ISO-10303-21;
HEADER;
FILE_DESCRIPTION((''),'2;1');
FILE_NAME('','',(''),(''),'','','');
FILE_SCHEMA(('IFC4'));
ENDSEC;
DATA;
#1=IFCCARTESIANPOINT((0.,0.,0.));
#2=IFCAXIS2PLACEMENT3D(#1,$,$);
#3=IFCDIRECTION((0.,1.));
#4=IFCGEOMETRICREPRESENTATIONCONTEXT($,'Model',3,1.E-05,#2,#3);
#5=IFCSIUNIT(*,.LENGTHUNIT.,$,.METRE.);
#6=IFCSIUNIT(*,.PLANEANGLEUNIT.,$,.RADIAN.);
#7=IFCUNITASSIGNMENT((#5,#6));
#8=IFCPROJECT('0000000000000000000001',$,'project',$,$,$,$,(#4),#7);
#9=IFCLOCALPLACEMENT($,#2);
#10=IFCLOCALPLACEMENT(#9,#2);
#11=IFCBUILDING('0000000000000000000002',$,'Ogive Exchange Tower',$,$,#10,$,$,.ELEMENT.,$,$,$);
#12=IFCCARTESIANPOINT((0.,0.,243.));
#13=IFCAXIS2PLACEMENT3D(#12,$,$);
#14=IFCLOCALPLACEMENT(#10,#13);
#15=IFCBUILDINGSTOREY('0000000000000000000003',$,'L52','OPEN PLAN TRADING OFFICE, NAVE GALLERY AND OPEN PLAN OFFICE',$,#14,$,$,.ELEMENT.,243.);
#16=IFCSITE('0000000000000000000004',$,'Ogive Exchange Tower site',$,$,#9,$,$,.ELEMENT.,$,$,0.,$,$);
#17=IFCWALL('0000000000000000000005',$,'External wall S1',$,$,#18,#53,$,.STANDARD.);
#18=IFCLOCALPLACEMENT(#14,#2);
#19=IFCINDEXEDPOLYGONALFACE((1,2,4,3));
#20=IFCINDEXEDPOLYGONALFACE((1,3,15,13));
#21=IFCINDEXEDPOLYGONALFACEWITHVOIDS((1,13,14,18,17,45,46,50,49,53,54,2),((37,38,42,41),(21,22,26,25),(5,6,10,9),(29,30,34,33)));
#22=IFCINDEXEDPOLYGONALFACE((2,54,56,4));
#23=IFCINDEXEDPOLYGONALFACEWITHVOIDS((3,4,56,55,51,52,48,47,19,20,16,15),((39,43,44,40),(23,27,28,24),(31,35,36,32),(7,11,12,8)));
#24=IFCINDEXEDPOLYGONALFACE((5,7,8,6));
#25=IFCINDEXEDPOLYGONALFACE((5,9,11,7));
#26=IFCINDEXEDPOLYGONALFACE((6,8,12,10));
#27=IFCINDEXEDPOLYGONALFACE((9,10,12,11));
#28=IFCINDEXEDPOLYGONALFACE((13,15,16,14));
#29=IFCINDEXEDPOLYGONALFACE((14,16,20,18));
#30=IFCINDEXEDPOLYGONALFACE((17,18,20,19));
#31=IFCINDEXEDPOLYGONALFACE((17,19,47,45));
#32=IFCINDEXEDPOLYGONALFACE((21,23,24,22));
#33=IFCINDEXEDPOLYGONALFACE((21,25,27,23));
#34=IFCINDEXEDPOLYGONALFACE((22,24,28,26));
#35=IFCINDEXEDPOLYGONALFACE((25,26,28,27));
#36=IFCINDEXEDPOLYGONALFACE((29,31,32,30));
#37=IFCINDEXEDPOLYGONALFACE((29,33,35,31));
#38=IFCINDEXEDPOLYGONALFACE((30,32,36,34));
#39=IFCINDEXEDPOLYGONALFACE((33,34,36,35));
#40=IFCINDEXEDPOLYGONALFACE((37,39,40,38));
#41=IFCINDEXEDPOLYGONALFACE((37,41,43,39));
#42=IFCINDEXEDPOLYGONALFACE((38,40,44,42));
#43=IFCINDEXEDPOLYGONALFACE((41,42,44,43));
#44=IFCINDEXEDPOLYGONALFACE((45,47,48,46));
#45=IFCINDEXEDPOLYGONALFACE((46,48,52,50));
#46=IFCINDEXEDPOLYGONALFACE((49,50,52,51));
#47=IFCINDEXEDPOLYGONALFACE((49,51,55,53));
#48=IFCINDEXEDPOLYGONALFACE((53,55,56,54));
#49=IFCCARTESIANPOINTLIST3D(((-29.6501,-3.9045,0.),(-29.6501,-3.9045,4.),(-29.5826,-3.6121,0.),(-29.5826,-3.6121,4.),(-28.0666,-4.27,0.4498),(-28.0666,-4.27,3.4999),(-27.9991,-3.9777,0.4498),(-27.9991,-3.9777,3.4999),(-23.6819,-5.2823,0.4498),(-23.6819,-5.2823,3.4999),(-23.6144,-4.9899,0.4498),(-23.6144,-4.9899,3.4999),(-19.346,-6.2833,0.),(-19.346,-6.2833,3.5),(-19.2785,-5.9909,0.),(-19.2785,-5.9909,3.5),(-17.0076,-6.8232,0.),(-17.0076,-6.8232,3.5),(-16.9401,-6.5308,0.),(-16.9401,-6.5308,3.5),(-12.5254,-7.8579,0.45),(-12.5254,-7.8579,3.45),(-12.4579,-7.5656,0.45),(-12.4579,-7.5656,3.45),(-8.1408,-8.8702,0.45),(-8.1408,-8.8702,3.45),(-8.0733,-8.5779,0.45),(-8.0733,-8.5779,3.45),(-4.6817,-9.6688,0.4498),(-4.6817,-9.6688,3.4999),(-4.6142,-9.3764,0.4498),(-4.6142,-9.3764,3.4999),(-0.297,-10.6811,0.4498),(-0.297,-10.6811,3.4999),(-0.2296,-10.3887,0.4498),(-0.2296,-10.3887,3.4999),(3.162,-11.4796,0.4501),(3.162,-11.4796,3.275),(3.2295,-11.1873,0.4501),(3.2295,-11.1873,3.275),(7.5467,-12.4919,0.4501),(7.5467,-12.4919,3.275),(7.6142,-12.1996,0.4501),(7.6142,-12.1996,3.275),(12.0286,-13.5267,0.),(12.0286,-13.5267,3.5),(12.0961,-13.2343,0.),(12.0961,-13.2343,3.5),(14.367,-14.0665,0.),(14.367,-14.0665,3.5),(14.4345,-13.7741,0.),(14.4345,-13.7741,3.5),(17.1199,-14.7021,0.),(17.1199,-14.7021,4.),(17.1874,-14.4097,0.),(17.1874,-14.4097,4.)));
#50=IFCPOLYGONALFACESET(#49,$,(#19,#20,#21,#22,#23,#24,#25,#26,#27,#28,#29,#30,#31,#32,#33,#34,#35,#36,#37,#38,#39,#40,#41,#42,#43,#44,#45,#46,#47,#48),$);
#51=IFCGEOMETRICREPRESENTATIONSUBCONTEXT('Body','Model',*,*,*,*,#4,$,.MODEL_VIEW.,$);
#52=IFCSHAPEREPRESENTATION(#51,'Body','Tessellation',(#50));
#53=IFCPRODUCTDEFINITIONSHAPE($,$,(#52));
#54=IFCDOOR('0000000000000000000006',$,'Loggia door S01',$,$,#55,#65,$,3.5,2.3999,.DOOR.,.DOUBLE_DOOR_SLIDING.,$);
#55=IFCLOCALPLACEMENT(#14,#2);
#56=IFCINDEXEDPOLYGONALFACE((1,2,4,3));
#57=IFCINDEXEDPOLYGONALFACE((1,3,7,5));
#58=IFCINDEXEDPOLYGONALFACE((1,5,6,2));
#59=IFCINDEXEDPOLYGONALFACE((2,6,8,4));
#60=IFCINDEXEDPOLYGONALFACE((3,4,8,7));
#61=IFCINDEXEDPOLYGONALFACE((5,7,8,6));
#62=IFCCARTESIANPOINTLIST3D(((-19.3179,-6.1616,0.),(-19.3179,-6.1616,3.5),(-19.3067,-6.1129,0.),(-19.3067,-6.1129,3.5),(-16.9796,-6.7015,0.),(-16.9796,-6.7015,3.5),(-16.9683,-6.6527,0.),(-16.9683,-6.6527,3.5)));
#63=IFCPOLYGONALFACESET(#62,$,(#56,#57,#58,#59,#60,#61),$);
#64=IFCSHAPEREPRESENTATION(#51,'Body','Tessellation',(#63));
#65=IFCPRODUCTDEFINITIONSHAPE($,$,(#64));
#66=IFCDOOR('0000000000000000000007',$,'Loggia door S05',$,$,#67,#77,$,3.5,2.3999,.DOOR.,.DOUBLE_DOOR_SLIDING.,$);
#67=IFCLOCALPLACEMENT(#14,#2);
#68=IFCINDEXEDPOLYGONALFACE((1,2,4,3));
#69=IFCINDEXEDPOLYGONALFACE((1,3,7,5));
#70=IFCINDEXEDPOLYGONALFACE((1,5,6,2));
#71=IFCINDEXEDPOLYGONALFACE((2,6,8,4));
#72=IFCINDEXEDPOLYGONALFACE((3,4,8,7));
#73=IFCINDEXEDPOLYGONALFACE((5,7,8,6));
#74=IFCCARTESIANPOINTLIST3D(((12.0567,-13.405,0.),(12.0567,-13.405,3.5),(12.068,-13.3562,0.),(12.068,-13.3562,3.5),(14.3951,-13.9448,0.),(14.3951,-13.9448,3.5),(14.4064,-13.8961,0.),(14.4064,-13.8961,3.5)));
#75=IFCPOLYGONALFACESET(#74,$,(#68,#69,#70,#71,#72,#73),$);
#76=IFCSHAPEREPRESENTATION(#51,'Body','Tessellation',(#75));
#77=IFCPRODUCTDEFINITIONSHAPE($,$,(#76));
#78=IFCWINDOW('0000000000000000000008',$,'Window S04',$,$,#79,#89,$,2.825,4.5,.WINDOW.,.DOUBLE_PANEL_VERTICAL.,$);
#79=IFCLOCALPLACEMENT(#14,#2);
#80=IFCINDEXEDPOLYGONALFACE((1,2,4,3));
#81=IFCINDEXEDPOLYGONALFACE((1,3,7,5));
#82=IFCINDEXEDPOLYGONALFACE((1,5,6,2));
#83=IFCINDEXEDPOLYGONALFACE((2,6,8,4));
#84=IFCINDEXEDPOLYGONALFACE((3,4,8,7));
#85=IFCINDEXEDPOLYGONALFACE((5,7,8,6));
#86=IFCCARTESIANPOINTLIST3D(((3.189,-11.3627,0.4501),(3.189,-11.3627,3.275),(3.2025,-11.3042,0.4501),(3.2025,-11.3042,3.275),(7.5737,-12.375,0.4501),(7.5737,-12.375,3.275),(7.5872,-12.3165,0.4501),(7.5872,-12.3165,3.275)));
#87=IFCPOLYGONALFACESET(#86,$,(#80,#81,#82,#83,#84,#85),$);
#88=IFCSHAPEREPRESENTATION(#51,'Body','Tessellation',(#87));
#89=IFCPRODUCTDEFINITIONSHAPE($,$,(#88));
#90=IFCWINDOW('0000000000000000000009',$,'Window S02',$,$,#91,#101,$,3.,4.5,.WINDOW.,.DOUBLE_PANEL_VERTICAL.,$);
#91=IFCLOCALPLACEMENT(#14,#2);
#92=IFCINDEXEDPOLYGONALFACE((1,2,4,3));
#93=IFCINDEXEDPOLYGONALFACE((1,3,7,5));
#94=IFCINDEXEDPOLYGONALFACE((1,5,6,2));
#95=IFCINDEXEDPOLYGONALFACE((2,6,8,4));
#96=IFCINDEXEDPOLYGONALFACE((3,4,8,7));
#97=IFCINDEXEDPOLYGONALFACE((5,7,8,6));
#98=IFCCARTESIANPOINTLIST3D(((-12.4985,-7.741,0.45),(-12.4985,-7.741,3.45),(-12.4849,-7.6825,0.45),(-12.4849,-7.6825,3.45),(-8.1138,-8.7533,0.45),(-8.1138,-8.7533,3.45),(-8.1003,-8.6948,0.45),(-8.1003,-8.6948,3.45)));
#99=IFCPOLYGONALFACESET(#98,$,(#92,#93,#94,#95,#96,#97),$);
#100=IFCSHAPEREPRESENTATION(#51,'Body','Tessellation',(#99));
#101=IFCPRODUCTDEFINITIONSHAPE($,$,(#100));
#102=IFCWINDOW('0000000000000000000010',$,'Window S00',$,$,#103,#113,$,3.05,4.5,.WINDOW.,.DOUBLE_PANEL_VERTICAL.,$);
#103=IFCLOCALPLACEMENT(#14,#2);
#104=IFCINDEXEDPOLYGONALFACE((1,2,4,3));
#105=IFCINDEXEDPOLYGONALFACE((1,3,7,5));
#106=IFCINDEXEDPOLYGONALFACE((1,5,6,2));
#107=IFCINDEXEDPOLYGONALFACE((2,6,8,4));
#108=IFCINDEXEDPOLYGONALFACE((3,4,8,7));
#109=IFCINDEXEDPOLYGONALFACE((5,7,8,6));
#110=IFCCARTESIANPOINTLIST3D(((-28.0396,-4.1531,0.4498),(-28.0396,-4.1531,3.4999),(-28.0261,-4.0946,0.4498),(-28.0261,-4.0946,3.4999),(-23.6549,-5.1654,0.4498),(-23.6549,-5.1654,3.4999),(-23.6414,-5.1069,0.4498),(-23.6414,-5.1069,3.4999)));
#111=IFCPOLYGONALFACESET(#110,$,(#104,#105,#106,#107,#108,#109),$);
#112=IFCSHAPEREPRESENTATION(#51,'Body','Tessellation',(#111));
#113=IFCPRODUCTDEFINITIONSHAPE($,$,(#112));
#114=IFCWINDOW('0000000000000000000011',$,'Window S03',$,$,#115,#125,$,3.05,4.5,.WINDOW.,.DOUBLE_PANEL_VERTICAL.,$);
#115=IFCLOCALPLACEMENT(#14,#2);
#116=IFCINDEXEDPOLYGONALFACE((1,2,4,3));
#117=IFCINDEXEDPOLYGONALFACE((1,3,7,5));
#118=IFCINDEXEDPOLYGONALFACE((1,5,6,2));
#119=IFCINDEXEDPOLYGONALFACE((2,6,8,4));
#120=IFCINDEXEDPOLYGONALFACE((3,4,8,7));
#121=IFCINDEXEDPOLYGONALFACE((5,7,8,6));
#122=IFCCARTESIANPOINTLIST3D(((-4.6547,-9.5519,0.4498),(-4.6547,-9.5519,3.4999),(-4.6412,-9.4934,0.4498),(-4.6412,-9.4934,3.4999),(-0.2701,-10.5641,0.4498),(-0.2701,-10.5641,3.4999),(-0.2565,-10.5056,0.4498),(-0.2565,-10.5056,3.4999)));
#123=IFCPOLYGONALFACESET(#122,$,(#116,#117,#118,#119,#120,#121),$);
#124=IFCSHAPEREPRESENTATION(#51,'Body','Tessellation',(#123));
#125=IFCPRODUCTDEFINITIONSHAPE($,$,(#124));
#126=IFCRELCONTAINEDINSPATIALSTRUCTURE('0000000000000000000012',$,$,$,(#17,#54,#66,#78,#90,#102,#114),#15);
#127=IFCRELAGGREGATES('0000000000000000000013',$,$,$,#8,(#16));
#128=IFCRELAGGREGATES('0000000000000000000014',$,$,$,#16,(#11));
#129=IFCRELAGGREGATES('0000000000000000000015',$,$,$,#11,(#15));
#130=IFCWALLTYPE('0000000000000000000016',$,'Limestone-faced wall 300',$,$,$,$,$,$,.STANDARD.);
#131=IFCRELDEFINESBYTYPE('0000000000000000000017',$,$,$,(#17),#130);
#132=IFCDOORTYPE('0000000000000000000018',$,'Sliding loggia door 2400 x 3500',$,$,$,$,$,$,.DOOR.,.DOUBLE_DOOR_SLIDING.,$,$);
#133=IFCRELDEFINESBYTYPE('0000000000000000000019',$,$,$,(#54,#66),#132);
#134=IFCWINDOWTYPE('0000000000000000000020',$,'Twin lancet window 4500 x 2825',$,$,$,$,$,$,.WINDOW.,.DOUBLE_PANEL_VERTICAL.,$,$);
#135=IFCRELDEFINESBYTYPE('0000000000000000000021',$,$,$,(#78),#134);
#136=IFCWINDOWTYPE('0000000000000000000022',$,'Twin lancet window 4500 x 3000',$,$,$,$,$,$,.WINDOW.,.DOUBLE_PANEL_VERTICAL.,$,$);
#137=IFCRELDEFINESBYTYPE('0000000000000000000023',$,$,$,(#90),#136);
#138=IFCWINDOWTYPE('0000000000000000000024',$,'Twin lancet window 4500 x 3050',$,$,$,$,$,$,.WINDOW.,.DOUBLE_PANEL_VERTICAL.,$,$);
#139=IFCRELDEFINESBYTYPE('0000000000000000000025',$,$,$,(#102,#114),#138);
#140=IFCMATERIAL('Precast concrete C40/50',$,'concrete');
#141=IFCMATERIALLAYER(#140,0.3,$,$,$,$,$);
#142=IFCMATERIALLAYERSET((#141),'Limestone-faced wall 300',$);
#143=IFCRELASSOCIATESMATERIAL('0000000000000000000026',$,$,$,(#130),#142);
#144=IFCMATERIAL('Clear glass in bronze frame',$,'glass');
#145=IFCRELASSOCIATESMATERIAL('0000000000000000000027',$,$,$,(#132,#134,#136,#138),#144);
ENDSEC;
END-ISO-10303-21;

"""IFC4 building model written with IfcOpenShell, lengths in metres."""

from ifc_helpers import new_model, si_unit, direction, frame, frame_2d, origin, place, context, subcontext, project, spatial, rectangle, extrude, material, layer, layer_set, type_object, element, fill, save


model = new_model("IFC4")

# Units and contexts
model_context = context("Model", 3, precision=1e-05, world=origin(), true_north=direction((0.0, 1.0)))
body_context = subcontext(model_context, "Body", "Model", "MODEL_VIEW")
ifc_project = project(units=[si_unit("LENGTHUNIT", "METRE"), si_unit("PLANEANGLEUNIT", "RADIAN")], contexts=[model_context])

# Site, building, storey
site_placement = place(None, origin())
site = spatial("IfcSite", under=ifc_project, at=site_placement, Name="Ogive Exchange Tower site", CompositionType="ELEMENT", RefElevation=0.0)
building_placement = place(site_placement, origin())
building = spatial("IfcBuilding", under=site, at=building_placement, Name="Ogive Exchange Tower", CompositionType="ELEMENT")
storey_placement = place(building_placement, frame((0.0, 0.0, 243.0)))
storey = spatial("IfcBuildingStorey", under=building, at=storey_placement, Name="L52", Description="OPEN PLAN TRADING OFFICE, NAVE GALLERY AND OPEN PLAN OFFICE", CompositionType="ELEMENT", Elevation=243.0)

# Wall, openings, doors, windows
ifc_material_1 = material(Name="Precast concrete C40/50", Category="concrete")
ifc_layer_1 = layer(ifc_material_1, 0.3)
ifc_layer_set_1 = layer_set([ifc_layer_1], Name="Limestone-faced wall 300")
wall_type_1 = type_object("IfcWallType", Name="Limestone-faced wall 300", PredefinedType="STANDARD", material=ifc_layer_set_1)
wall_1_placement = place(storey_placement, frame((-29.6162, -3.7583, 0.0), z_axis=(0.0, 0.0, 1.0), x_axis=(0.974371, -0.224949, 0.0)))
wall_1 = element("IfcWall", 1, at=wall_1_placement, inside=storey, type_object=wall_type_1, Name="External wall S1", PredefinedType="STANDARD", context=body_context, shape_type="SweptSolid", body=[
    extrude(rectangle(XDim=48.0002, YDim=0.3, at=frame_2d((24.0, 0.0))), origin(), (0.0, 0.0, 1.0), 4.0),
])
opening_1_placement = place(wall_1_placement, frame((1.625, 0.0, 0.45)))
opening_1 = element("IfcOpeningElement", 2, at=opening_1_placement, cuts=wall_1, PredefinedType="OPENING", context=body_context, shape_type="SweptSolid", body=[
    extrude(rectangle(XDim=4.5, YDim=3.05, at=frame_2d((2.25, 1.5249))), frame((0.0, 0.1599, 0.0), z_axis=(0.0, -1.0, 0.0), x_axis=(1.0, 0.0, 0.0)), (0.0, 0.0, 1.0), 0.3201),
])
opening_2_placement = place(wall_1_placement, frame((10.575, 0.0, 0.0)))
opening_2 = element("IfcOpeningElement", 3, at=opening_2_placement, cuts=wall_1, PredefinedType="OPENING", context=body_context, shape_type="SweptSolid", body=[
    extrude(rectangle(XDim=2.3999, YDim=3.5, at=frame_2d((1.2, 1.75))), frame((0.0, 0.1599, 0.0), z_axis=(0.0, -1.0, 0.0), x_axis=(1.0, 0.0, 0.0)), (0.0, 0.0, 1.0), 0.3201),
])
opening_3_placement = place(wall_1_placement, frame((17.575, 0.0, 0.45)))
opening_3 = element("IfcOpeningElement", 4, at=opening_3_placement, cuts=wall_1, PredefinedType="OPENING", context=body_context, shape_type="SweptSolid", body=[
    extrude(rectangle(XDim=4.5, YDim=3.0, at=frame_2d((2.25, 1.5))), frame((0.0, 0.1599, 0.0), z_axis=(0.0, -1.0, 0.0), x_axis=(1.0, 0.0, 0.0)), (0.0, 0.0, 1.0), 0.3201),
])
opening_4_placement = place(wall_1_placement, frame((25.625, 0.0, 0.45)))
opening_4 = element("IfcOpeningElement", 5, at=opening_4_placement, cuts=wall_1, PredefinedType="OPENING", context=body_context, shape_type="SweptSolid", body=[
    extrude(rectangle(XDim=4.5, YDim=3.05, at=frame_2d((2.25, 1.5249))), frame((0.0, 0.1599, 0.0), z_axis=(0.0, -1.0, 0.0), x_axis=(1.0, 0.0, 0.0)), (0.0, 0.0, 1.0), 0.3201),
])
opening_5_placement = place(wall_1_placement, frame((33.675, 0.0, 0.45)))
opening_5 = element("IfcOpeningElement", 6, at=opening_5_placement, cuts=wall_1, PredefinedType="OPENING", context=body_context, shape_type="SweptSolid", body=[
    extrude(rectangle(XDim=4.5, YDim=2.825, at=frame_2d((2.25, 1.4126))), frame((0.0, 0.1599, 0.0), z_axis=(0.0, -1.0, 0.0), x_axis=(1.0, 0.0, 0.0)), (0.0, 0.0, 1.0), 0.3201),
])
opening_6_placement = place(wall_1_placement, frame((42.7749, 0.0, 0.0)))
opening_6 = element("IfcOpeningElement", 7, at=opening_6_placement, cuts=wall_1, PredefinedType="OPENING", context=body_context, shape_type="SweptSolid", body=[
    extrude(rectangle(XDim=2.3999, YDim=3.5, at=frame_2d((1.2, 1.75))), frame((0.0, 0.1599, 0.0), z_axis=(0.0, -1.0, 0.0), x_axis=(1.0, 0.0, 0.0)), (0.0, 0.0, 1.0), 0.3201),
])
ifc_material_2 = material(Name="Clear glass in bronze frame", Category="glass")
door_type_1 = type_object("IfcDoorType", Name="Sliding loggia door 2400 x 3500", OperationType="DOUBLE_DOOR_SLIDING", PredefinedType="DOOR", material=ifc_material_2)
door_1_placement = place(opening_2_placement, origin())
door_1 = element("IfcDoor", 8, at=door_1_placement, inside=storey, type_object=door_type_1, Name="Loggia door S01", OperationType="DOUBLE_DOOR_SLIDING", OverallHeight=3.5, OverallWidth=2.3999, PredefinedType="DOOR", context=body_context, shape_type="SweptSolid", body=[
    extrude(rectangle(XDim=2.3999, YDim=3.5, at=frame_2d((1.2, 1.75))), frame((0.0, 0.0249, 0.0), z_axis=(0.0, -1.0, 0.0), x_axis=(1.0, 0.0, 0.0)), (0.0, 0.0, 1.0), 0.05),
])
fill(opening_2, door_1)
door_2_placement = place(opening_6_placement, origin())
door_2 = element("IfcDoor", 9, at=door_2_placement, inside=storey, type_object=door_type_1, Name="Loggia door S05", OperationType="DOUBLE_DOOR_SLIDING", OverallHeight=3.5, OverallWidth=2.3999, PredefinedType="DOOR", context=body_context, shape_type="SweptSolid", body=[
    extrude(rectangle(XDim=2.3999, YDim=3.5, at=frame_2d((1.2, 1.75))), frame((0.0, 0.0249, 0.0), z_axis=(0.0, -1.0, 0.0), x_axis=(1.0, 0.0, 0.0)), (0.0, 0.0, 1.0), 0.05),
])
fill(opening_6, door_2)
window_type_1 = type_object("IfcWindowType", Name="Twin lancet window 4500 x 2825", PartitioningType="DOUBLE_PANEL_VERTICAL", PredefinedType="WINDOW", material=ifc_material_2)
window_1_placement = place(opening_5_placement, origin())
window_1 = element("IfcWindow", 10, at=window_1_placement, inside=storey, type_object=window_type_1, Name="Window S04", OverallHeight=2.825, OverallWidth=4.5, PartitioningType="DOUBLE_PANEL_VERTICAL", PredefinedType="WINDOW", context=body_context, shape_type="SweptSolid", body=[
    extrude(rectangle(XDim=4.5, YDim=2.825, at=frame_2d((2.25, 1.4126))), frame((0.0, 0.03, 0.0), z_axis=(0.0, -1.0, 0.0), x_axis=(1.0, 0.0, 0.0)), (0.0, 0.0, 1.0), 0.0601),
])
fill(opening_5, window_1)
window_type_2 = type_object("IfcWindowType", Name="Twin lancet window 4500 x 3000", PartitioningType="DOUBLE_PANEL_VERTICAL", PredefinedType="WINDOW", material=ifc_material_2)
window_2_placement = place(opening_3_placement, origin())
window_2 = element("IfcWindow", 11, at=window_2_placement, inside=storey, type_object=window_type_2, Name="Window S02", OverallHeight=3.0, OverallWidth=4.5, PartitioningType="DOUBLE_PANEL_VERTICAL", PredefinedType="WINDOW", context=body_context, shape_type="SweptSolid", body=[
    extrude(rectangle(XDim=4.5, YDim=3.0, at=frame_2d((2.25, 1.5))), frame((0.0, 0.03, 0.0), z_axis=(0.0, -1.0, 0.0), x_axis=(1.0, 0.0, 0.0)), (0.0, 0.0, 1.0), 0.0601),
])
fill(opening_3, window_2)
window_type_3 = type_object("IfcWindowType", Name="Twin lancet window 4500 x 3050", PartitioningType="DOUBLE_PANEL_VERTICAL", PredefinedType="WINDOW", material=ifc_material_2)
window_3_placement = place(opening_1_placement, origin())
window_3 = element("IfcWindow", 12, at=window_3_placement, inside=storey, type_object=window_type_3, Name="Window S00", OverallHeight=3.05, OverallWidth=4.5, PartitioningType="DOUBLE_PANEL_VERTICAL", PredefinedType="WINDOW", context=body_context, shape_type="SweptSolid", body=[
    extrude(rectangle(XDim=4.5, YDim=3.05, at=frame_2d((2.25, 1.5249))), frame((0.0, 0.03, 0.0), z_axis=(0.0, -1.0, 0.0), x_axis=(1.0, 0.0, 0.0)), (0.0, 0.0, 1.0), 0.0601),
])
fill(opening_1, window_3)
window_4_placement = place(opening_4_placement, origin())
window_4 = element("IfcWindow", 13, at=window_4_placement, inside=storey, type_object=window_type_3, Name="Window S03", OverallHeight=3.05, OverallWidth=4.5, PartitioningType="DOUBLE_PANEL_VERTICAL", PredefinedType="WINDOW", context=body_context, shape_type="SweptSolid", body=[
    extrude(rectangle(XDim=4.5, YDim=3.05, at=frame_2d((2.25, 1.5249))), frame((0.0, 0.03, 0.0), z_axis=(0.0, -1.0, 0.0), x_axis=(1.0, 0.0, 0.0)), (0.0, 0.0, 1.0), 0.0601),
])
fill(opening_4, window_4)

save(model, "model.ifc")
